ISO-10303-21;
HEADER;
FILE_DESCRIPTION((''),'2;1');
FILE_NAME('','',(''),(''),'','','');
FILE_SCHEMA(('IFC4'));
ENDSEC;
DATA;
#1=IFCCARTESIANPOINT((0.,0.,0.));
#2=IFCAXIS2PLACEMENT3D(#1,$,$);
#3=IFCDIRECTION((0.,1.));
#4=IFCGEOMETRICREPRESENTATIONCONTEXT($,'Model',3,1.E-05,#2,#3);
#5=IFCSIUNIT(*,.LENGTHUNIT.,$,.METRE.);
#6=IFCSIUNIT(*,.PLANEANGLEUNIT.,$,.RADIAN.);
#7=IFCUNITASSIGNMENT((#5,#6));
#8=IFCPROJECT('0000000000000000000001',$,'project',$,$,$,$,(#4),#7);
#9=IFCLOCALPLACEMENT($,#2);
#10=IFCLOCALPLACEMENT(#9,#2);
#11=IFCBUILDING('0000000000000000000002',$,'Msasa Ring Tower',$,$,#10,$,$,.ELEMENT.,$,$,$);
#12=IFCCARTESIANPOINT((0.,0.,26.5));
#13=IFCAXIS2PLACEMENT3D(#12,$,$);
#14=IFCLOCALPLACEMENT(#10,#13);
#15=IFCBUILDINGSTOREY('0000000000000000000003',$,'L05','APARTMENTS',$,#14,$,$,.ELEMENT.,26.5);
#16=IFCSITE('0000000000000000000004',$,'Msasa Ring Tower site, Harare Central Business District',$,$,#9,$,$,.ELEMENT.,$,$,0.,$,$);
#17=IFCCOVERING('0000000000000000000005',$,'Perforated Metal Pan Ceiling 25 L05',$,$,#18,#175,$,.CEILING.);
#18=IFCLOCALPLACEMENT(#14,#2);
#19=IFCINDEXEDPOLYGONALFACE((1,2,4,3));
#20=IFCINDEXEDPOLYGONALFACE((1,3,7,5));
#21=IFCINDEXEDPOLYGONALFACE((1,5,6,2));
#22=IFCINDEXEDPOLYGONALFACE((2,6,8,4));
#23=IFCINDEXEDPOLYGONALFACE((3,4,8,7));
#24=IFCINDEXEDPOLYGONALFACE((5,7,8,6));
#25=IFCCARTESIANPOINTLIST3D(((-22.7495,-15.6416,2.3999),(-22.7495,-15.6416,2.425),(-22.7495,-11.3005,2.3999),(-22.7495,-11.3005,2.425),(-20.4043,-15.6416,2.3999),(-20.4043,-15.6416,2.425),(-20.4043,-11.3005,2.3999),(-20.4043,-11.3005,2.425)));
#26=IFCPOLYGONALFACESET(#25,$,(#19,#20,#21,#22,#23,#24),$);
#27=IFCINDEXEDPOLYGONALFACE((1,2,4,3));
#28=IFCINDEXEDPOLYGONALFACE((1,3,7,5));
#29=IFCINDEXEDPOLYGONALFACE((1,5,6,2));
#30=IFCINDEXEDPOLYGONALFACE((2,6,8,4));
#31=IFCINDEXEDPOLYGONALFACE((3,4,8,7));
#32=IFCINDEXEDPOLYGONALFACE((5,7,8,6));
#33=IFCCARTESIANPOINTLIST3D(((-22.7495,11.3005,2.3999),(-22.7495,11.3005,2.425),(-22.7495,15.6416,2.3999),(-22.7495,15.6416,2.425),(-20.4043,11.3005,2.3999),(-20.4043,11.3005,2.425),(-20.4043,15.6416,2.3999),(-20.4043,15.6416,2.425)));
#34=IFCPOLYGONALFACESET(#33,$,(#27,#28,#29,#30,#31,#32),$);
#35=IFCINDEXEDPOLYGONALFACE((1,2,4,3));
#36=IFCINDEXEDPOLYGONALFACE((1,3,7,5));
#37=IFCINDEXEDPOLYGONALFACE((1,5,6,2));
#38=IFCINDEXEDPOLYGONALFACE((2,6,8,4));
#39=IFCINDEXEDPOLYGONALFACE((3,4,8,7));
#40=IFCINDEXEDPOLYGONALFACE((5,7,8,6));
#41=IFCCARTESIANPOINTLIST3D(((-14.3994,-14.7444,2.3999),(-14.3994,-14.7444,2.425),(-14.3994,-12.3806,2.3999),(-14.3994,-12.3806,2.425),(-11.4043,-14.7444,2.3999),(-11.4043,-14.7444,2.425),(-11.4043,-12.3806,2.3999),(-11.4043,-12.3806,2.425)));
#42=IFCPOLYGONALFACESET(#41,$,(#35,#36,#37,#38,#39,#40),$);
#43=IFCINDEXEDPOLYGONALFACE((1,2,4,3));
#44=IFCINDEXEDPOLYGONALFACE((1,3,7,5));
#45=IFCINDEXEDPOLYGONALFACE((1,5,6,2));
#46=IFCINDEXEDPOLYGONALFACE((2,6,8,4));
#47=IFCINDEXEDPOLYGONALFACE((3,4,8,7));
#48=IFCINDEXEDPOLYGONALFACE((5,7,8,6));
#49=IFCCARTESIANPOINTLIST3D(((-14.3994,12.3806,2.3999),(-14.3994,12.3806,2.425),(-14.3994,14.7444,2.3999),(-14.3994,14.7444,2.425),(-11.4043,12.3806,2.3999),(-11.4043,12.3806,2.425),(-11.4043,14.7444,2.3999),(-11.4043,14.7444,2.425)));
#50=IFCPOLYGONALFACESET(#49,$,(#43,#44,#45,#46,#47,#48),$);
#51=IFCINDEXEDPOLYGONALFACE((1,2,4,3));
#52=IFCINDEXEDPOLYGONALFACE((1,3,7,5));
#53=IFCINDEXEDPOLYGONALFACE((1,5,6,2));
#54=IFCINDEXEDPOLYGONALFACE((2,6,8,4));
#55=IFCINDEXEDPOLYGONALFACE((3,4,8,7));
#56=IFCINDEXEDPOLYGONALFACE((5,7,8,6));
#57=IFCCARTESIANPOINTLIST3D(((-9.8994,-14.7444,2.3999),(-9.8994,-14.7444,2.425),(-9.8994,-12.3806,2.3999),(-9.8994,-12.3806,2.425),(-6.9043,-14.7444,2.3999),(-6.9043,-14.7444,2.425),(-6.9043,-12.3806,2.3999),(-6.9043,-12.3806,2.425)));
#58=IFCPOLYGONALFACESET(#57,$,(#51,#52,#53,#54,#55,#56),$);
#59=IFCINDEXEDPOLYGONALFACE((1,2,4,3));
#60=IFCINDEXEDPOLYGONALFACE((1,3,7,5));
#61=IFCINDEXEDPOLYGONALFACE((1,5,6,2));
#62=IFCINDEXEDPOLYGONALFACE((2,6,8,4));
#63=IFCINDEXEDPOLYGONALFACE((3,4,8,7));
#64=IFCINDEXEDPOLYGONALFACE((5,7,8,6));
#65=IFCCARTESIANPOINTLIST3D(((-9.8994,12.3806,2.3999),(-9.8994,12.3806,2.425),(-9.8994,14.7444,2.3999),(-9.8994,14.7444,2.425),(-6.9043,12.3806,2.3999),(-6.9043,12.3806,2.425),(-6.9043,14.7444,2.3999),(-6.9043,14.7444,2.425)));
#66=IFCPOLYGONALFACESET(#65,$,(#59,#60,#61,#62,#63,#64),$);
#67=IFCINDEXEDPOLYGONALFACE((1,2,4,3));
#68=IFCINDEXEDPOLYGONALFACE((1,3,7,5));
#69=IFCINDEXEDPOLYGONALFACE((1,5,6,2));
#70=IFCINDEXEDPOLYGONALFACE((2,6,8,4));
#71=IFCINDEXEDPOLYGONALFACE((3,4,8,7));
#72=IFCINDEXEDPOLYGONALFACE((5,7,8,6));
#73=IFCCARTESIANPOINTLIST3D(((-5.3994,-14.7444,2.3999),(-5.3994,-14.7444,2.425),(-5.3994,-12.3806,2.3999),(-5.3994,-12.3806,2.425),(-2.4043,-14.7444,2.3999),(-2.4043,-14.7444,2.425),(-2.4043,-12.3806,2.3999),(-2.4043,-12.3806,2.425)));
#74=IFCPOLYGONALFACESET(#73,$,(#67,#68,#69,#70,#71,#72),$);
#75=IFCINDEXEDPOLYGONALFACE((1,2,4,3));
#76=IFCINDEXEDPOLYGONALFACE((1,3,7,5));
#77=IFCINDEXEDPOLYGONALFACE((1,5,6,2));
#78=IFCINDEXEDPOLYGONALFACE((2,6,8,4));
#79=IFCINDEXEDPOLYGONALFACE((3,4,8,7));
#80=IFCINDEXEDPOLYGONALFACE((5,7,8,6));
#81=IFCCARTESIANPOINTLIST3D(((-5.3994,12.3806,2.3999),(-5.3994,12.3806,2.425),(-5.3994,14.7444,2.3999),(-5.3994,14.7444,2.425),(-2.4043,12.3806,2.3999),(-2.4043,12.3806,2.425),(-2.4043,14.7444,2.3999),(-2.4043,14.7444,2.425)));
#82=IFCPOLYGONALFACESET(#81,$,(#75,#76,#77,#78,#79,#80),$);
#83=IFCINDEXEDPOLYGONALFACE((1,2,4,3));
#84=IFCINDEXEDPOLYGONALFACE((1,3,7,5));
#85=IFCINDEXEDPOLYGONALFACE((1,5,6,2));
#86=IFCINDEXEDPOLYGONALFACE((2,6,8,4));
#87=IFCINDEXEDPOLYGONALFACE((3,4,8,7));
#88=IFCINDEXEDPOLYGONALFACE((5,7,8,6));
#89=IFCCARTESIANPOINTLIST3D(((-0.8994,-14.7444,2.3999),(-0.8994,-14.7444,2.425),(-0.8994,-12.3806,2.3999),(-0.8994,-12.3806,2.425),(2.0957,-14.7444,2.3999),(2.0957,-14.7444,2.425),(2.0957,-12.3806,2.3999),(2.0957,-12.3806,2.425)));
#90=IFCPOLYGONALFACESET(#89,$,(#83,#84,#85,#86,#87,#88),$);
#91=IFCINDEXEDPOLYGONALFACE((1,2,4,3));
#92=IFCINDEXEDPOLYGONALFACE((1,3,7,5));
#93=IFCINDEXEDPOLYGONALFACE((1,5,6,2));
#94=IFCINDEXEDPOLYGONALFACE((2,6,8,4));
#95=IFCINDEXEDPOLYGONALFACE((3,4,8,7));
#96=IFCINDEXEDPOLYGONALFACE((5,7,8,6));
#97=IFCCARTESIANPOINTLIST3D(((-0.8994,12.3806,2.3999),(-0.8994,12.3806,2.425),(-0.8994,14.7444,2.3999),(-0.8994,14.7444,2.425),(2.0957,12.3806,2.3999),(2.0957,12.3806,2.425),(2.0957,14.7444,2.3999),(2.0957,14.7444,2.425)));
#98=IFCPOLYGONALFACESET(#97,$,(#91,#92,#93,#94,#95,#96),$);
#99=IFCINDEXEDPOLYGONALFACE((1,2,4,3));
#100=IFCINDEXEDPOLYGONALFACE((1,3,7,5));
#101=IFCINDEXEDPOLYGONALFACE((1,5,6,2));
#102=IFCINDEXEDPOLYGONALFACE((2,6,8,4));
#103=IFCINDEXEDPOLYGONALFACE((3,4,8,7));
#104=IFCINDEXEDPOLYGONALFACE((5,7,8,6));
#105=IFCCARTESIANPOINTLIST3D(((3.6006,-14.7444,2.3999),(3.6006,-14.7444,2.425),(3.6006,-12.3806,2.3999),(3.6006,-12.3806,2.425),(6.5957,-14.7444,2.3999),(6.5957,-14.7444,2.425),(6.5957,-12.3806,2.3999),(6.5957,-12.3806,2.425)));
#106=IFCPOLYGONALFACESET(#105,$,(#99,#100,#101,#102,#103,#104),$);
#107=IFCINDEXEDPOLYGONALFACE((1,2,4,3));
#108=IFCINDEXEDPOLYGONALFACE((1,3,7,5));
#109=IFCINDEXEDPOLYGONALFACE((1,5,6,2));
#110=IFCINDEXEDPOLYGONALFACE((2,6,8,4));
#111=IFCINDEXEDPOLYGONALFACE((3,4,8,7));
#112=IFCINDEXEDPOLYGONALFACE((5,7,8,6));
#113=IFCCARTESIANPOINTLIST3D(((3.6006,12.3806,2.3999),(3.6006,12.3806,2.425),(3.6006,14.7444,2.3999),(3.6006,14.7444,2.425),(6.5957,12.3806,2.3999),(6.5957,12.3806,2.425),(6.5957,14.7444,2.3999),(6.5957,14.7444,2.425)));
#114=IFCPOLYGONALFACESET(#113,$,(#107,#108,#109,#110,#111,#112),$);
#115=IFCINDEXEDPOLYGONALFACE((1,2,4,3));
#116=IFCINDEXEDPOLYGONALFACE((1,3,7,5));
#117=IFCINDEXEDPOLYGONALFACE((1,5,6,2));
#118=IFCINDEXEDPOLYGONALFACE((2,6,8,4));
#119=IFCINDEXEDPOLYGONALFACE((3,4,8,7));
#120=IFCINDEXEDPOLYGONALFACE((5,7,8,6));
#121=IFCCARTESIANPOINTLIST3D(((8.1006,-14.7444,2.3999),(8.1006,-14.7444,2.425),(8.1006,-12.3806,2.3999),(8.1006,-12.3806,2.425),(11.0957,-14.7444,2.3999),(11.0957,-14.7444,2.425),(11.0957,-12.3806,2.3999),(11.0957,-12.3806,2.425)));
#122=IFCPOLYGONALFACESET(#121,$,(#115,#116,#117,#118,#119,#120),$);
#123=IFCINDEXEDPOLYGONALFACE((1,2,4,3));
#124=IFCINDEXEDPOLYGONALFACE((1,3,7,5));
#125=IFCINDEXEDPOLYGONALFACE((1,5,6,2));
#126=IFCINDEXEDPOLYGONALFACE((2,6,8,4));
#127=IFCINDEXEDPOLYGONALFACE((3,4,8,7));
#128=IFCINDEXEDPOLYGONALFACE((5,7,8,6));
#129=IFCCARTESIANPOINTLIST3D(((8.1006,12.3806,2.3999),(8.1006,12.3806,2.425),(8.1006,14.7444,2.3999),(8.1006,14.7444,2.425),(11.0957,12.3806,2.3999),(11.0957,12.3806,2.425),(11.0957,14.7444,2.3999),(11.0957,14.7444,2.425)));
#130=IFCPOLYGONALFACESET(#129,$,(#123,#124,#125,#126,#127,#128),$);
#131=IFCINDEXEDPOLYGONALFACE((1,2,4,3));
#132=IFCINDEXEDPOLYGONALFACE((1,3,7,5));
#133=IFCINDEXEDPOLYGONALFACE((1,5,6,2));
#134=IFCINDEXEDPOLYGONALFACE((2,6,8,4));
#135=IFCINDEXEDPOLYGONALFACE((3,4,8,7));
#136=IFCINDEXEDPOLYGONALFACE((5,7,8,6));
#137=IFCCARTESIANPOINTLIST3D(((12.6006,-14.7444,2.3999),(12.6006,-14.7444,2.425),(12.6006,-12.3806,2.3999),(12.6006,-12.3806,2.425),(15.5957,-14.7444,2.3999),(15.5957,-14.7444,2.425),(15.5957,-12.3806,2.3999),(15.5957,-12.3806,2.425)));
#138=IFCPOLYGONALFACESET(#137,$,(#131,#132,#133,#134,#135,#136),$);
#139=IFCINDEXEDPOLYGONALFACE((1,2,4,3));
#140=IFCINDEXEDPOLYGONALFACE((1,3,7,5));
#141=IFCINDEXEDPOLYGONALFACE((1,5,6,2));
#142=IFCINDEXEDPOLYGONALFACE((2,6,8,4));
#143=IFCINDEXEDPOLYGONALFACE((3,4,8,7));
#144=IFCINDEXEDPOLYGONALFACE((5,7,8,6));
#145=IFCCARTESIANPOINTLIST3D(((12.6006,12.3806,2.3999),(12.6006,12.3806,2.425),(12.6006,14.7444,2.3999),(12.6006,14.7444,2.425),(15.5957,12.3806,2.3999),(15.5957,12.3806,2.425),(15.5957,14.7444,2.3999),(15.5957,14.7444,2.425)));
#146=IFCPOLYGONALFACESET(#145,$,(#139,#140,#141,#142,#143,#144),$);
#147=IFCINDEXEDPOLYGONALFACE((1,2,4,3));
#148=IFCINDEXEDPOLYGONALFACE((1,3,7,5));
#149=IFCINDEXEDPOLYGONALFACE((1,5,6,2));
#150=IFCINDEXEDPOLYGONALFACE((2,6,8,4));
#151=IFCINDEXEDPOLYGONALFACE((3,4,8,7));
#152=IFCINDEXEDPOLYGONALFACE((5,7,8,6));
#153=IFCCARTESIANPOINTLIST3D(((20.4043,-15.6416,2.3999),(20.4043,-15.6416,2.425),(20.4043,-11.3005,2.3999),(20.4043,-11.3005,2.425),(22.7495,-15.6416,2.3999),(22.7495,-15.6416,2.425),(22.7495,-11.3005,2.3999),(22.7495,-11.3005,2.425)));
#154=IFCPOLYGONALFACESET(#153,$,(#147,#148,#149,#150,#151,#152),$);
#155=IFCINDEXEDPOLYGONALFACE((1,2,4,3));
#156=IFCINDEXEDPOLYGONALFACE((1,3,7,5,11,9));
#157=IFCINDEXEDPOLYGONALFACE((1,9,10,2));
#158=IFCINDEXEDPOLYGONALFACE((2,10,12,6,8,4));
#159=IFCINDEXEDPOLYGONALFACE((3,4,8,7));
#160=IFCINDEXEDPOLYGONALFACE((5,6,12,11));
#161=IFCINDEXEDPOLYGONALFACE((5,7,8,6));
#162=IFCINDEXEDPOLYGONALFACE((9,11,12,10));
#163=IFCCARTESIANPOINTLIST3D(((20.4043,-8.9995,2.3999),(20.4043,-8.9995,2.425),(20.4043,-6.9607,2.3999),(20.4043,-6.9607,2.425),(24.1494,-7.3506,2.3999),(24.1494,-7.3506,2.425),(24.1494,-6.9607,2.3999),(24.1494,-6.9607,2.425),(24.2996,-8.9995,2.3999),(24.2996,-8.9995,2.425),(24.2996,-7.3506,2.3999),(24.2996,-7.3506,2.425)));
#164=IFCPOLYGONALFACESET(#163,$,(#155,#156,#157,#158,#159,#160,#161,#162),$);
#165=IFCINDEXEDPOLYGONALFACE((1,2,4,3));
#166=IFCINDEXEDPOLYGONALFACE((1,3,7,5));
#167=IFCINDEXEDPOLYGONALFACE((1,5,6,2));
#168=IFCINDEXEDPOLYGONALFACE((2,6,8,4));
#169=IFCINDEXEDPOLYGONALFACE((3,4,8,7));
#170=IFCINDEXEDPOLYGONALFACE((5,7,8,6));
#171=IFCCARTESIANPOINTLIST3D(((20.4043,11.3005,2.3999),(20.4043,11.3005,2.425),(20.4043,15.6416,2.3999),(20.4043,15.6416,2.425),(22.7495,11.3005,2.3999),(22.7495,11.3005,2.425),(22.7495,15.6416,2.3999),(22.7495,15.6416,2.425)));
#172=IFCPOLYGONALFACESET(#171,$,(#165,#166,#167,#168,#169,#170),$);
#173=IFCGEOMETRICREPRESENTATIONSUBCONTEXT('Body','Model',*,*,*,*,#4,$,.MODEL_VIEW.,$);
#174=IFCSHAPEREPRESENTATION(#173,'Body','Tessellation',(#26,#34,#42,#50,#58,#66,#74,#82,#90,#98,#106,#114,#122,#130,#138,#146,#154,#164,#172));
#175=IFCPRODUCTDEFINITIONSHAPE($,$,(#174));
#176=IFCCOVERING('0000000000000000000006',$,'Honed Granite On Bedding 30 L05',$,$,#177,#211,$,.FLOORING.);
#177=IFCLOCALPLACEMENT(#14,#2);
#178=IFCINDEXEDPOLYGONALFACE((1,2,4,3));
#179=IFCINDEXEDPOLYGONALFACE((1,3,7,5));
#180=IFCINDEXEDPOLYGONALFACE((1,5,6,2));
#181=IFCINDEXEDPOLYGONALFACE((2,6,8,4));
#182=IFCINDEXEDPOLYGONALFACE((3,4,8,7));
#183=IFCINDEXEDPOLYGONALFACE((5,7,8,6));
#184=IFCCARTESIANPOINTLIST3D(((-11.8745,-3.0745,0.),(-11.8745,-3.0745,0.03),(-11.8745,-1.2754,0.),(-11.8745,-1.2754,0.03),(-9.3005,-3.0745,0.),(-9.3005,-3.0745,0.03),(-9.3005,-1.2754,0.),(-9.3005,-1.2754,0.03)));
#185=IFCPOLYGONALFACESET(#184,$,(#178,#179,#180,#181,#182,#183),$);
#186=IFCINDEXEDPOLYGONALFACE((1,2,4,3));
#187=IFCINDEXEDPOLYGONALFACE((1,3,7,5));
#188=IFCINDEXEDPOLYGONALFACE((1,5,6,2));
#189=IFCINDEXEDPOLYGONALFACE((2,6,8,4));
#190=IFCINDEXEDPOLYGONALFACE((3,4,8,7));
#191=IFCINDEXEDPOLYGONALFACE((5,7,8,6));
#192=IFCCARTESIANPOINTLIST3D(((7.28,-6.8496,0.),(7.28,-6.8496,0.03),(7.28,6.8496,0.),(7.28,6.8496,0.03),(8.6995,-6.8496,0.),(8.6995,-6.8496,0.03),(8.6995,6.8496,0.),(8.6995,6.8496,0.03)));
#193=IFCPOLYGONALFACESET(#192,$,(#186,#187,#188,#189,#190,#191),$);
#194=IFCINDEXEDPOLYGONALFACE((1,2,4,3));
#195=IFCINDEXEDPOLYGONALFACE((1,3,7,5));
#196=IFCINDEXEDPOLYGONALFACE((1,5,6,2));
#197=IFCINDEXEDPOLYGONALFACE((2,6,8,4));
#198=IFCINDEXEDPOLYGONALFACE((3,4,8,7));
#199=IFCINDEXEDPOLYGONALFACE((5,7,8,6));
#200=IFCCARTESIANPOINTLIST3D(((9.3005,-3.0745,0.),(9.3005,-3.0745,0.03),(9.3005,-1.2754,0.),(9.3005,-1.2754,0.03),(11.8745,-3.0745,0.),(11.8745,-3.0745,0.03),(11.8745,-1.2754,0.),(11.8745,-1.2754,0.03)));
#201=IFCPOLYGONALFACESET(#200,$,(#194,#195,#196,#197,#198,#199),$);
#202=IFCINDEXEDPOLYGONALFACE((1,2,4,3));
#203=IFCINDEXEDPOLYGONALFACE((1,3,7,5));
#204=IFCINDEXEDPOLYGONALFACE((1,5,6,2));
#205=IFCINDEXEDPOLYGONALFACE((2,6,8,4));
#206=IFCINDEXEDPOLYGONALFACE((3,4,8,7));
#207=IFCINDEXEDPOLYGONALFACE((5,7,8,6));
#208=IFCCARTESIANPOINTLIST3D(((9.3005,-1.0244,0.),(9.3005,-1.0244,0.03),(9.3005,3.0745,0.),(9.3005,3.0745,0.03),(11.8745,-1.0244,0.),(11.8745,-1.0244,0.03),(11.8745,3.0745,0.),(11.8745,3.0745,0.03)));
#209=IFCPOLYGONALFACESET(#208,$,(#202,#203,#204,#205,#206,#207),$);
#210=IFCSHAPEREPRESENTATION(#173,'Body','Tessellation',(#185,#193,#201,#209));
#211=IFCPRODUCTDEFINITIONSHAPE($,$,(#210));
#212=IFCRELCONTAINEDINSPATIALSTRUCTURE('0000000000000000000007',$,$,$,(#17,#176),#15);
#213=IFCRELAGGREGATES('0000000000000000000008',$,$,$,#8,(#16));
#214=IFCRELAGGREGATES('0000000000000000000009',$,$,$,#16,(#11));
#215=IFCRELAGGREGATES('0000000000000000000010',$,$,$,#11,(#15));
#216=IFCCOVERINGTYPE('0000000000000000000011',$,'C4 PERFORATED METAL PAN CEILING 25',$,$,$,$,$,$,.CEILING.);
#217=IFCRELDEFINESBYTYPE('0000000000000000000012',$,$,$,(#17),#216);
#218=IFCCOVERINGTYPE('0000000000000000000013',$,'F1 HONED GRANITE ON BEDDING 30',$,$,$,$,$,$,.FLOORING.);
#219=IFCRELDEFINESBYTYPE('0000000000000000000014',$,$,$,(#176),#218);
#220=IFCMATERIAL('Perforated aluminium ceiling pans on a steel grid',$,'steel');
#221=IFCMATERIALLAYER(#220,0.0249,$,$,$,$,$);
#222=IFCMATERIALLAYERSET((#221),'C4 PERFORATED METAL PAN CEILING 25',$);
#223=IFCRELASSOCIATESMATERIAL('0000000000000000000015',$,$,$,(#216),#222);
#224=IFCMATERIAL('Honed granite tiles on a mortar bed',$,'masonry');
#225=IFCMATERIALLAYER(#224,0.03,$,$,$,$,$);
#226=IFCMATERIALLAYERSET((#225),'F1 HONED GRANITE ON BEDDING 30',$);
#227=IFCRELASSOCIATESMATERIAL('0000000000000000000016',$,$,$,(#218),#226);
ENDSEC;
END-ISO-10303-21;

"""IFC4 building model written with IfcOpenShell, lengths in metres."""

from ifc_helpers import new_model, si_unit, direction, frame, origin, place, context, subcontext, project, spatial, line, indexed_curve, outline, extrude, material, layer, layer_set, type_object, element, save


model = new_model("IFC4")

# Units and contexts
model_context = context("Model", 3, precision=1e-05, world=origin(), true_north=direction((0.0, 1.0)))
body_context = subcontext(model_context, "Body", "Model", "MODEL_VIEW")
ifc_project = project(units=[si_unit("LENGTHUNIT", "METRE"), si_unit("PLANEANGLEUNIT", "RADIAN")], contexts=[model_context])

# Site, building, storey
site_placement = place(None, origin())
site = spatial("IfcSite", under=ifc_project, at=site_placement, Name="Msasa Ring Tower site, Harare Central Business District", CompositionType="ELEMENT", RefElevation=0.0)
building_placement = place(site_placement, origin())
building = spatial("IfcBuilding", under=site, at=building_placement, Name="Msasa Ring Tower", CompositionType="ELEMENT")
storey_placement = place(building_placement, frame((0.0, 0.0, 26.5)))
storey = spatial("IfcBuildingStorey", under=building, at=storey_placement, Name="L05", Description="APARTMENTS", CompositionType="ELEMENT", Elevation=26.5)

# Coverings
ifc_material_1 = material(Name="Perforated aluminium ceiling pans on a steel grid", Category="steel")
ifc_layer_1 = layer(ifc_material_1, 0.0249)
ifc_layer_set_1 = layer_set([ifc_layer_1], Name="C4 PERFORATED METAL PAN CEILING 25")
covering_type_1 = type_object("IfcCoveringType", Name="C4 PERFORATED METAL PAN CEILING 25", PredefinedType="CEILING", material=ifc_layer_set_1)
covering_1_placement = place(storey_placement, frame((0.0, 0.0, 2.3999)))
element("IfcCovering", 1, at=covering_1_placement, inside=storey, type_object=covering_type_1, Name="Perforated Metal Pan Ceiling 25 L05", PredefinedType="CEILING", context=body_context, shape_type="SweptSolid", body=[
    extrude(outline(indexed_curve([(-22.7495, -11.3005), (-20.4043, -11.3005), (-20.4043, -15.6416), (-22.7495, -15.6416)], segments=[line(1, 2, 3, 4, 1)], self_intersect=False)), origin(), (0.0, 0.0, 1.0), 0.0251),
    extrude(outline(indexed_curve([(-22.7495, 15.6416), (-20.4043, 15.6416), (-20.4043, 11.3005), (-22.7495, 11.3005)], segments=[line(1, 2, 3, 4, 1)], self_intersect=False)), origin(), (0.0, 0.0, 1.0), 0.0251),
    extrude(outline(indexed_curve([(-14.3994, -12.3806), (-11.4043, -12.3806), (-11.4043, -14.7444), (-14.3994, -14.7444)], segments=[line(1, 2, 3, 4, 1)], self_intersect=False)), origin(), (0.0, 0.0, 1.0), 0.0251),
    extrude(outline(indexed_curve([(-14.3994, 14.7444), (-11.4043, 14.7444), (-11.4043, 12.3806), (-14.3994, 12.3806)], segments=[line(1, 2, 3, 4, 1)], self_intersect=False)), origin(), (0.0, 0.0, 1.0), 0.0251),
    extrude(outline(indexed_curve([(-9.8994, -12.3806), (-6.9043, -12.3806), (-6.9043, -14.7444), (-9.8994, -14.7444)], segments=[line(1, 2, 3, 4, 1)], self_intersect=False)), origin(), (0.0, 0.0, 1.0), 0.0251),
    extrude(outline(indexed_curve([(-6.9043, 14.7444), (-6.9043, 12.3806), (-9.8994, 12.3806), (-9.8994, 14.7444)], segments=[line(1, 2, 3, 4, 1)], self_intersect=False)), origin(), (0.0, 0.0, 1.0), 0.0251),
    extrude(outline(indexed_curve([(-5.3994, -12.3806), (-2.4043, -12.3806), (-2.4043, -14.7444), (-5.3994, -14.7444)], segments=[line(1, 2, 3, 4, 1)], self_intersect=False)), origin(), (0.0, 0.0, 1.0), 0.0251),
    extrude(outline(indexed_curve([(-2.4043, 14.7444), (-2.4043, 12.3806), (-5.3994, 12.3806), (-5.3994, 14.7444)], segments=[line(1, 2, 3, 4, 1)], self_intersect=False)), origin(), (0.0, 0.0, 1.0), 0.0251),
    extrude(outline(indexed_curve([(-0.8994, -12.3806), (2.0957, -12.3806), (2.0957, -14.7444), (-0.8994, -14.7444)], segments=[line(1, 2, 3, 4, 1)], self_intersect=False)), origin(), (0.0, 0.0, 1.0), 0.0251),
    extrude(outline(indexed_curve([(-0.8994, 14.7444), (2.0957, 14.7444), (2.0957, 12.3806), (-0.8994, 12.3806)], segments=[line(1, 2, 3, 4, 1)], self_intersect=False)), origin(), (0.0, 0.0, 1.0), 0.0251),
    extrude(outline(indexed_curve([(3.6006, -12.3806), (6.5957, -12.3806), (6.5957, -14.7444), (3.6006, -14.7444)], segments=[line(1, 2, 3, 4, 1)], self_intersect=False)), origin(), (0.0, 0.0, 1.0), 0.0251),
    extrude(outline(indexed_curve([(3.6006, 14.7444), (6.5957, 14.7444), (6.5957, 12.3806), (3.6006, 12.3806)], segments=[line(1, 2, 3, 4, 1)], self_intersect=False)), origin(), (0.0, 0.0, 1.0), 0.0251),
    extrude(outline(indexed_curve([(8.1006, -12.3806), (11.0957, -12.3806), (11.0957, -14.7444), (8.1006, -14.7444)], segments=[line(1, 2, 3, 4, 1)], self_intersect=False)), origin(), (0.0, 0.0, 1.0), 0.0251),
    extrude(outline(indexed_curve([(11.0957, 14.7444), (11.0957, 12.3806), (8.1006, 12.3806), (8.1006, 14.7444)], segments=[line(1, 2, 3, 4, 1)], self_intersect=False)), origin(), (0.0, 0.0, 1.0), 0.0251),
    extrude(outline(indexed_curve([(15.5957, -12.3806), (15.5957, -14.7444), (12.6006, -14.7444), (12.6006, -12.3806)], segments=[line(1, 2, 3, 4, 1)], self_intersect=False)), origin(), (0.0, 0.0, 1.0), 0.0251),
    extrude(outline(indexed_curve([(15.5957, 14.7444), (15.5957, 12.3806), (12.6006, 12.3806), (12.6006, 14.7444)], segments=[line(1, 2, 3, 4, 1)], self_intersect=False)), origin(), (0.0, 0.0, 1.0), 0.0251),
    extrude(outline(indexed_curve([(22.7495, -11.3005), (22.7495, -15.6416), (20.4043, -15.6416), (20.4043, -11.3005)], segments=[line(1, 2, 3, 4, 1)], self_intersect=False)), origin(), (0.0, 0.0, 1.0), 0.0251),
    extrude(outline(indexed_curve([(20.4043, -8.9995), (20.4043, -6.9607), (24.1494, -6.9607), (24.1494, -7.3506), (24.2996, -7.3506), (24.2996, -8.9995)], segments=[line(1, 2, 3, 4, 5, 6, 1)], self_intersect=False)), origin(), (0.0, 0.0, 1.0), 0.0251),
    extrude(outline(indexed_curve([(22.7495, 15.6416), (22.7495, 11.3005), (20.4043, 11.3005), (20.4043, 15.6416)], segments=[line(1, 2, 3, 4, 1)], self_intersect=False)), origin(), (0.0, 0.0, 1.0), 0.0251),
])
ifc_material_2 = material(Name="Honed granite tiles on a mortar bed", Category="masonry")
ifc_layer_2 = layer(ifc_material_2, 0.03)
ifc_layer_set_2 = layer_set([ifc_layer_2], Name="F1 HONED GRANITE ON BEDDING 30")
covering_type_2 = type_object("IfcCoveringType", Name="F1 HONED GRANITE ON BEDDING 30", PredefinedType="FLOORING", material=ifc_layer_set_2)
covering_2_placement = place(storey_placement, origin())
element("IfcCovering", 2, at=covering_2_placement, inside=storey, type_object=covering_type_2, Name="Honed Granite On Bedding 30 L05", PredefinedType="FLOORING", context=body_context, shape_type="SweptSolid", body=[
    extrude(outline(indexed_curve([(-11.8745, -3.0745), (-11.8745, -1.2754), (-9.3005, -1.2754), (-9.3005, -3.0745)], segments=[line(1, 2, 3, 4, 1)], self_intersect=False)), origin(), (0.0, 0.0, 1.0), 0.03),
    extrude(outline(indexed_curve([(7.28, -6.8496), (7.28, 6.8496), (8.6995, 6.8496), (8.6995, -6.8496)], segments=[line(1, 2, 3, 4, 1)], self_intersect=False)), origin(), (0.0, 0.0, 1.0), 0.03),
    extrude(outline(indexed_curve([(9.3005, -3.0745), (9.3005, -1.2754), (11.8745, -1.2754), (11.8745, -3.0745)], segments=[line(1, 2, 3, 4, 1)], self_intersect=False)), origin(), (0.0, 0.0, 1.0), 0.03),
    extrude(outline(indexed_curve([(9.3005, -1.0244), (9.3005, 3.0745), (11.8745, 3.0745), (11.8745, -1.0244)], segments=[line(1, 2, 3, 4, 1)], self_intersect=False)), origin(), (0.0, 0.0, 1.0), 0.03),
])

save(model, "model.ifc")
